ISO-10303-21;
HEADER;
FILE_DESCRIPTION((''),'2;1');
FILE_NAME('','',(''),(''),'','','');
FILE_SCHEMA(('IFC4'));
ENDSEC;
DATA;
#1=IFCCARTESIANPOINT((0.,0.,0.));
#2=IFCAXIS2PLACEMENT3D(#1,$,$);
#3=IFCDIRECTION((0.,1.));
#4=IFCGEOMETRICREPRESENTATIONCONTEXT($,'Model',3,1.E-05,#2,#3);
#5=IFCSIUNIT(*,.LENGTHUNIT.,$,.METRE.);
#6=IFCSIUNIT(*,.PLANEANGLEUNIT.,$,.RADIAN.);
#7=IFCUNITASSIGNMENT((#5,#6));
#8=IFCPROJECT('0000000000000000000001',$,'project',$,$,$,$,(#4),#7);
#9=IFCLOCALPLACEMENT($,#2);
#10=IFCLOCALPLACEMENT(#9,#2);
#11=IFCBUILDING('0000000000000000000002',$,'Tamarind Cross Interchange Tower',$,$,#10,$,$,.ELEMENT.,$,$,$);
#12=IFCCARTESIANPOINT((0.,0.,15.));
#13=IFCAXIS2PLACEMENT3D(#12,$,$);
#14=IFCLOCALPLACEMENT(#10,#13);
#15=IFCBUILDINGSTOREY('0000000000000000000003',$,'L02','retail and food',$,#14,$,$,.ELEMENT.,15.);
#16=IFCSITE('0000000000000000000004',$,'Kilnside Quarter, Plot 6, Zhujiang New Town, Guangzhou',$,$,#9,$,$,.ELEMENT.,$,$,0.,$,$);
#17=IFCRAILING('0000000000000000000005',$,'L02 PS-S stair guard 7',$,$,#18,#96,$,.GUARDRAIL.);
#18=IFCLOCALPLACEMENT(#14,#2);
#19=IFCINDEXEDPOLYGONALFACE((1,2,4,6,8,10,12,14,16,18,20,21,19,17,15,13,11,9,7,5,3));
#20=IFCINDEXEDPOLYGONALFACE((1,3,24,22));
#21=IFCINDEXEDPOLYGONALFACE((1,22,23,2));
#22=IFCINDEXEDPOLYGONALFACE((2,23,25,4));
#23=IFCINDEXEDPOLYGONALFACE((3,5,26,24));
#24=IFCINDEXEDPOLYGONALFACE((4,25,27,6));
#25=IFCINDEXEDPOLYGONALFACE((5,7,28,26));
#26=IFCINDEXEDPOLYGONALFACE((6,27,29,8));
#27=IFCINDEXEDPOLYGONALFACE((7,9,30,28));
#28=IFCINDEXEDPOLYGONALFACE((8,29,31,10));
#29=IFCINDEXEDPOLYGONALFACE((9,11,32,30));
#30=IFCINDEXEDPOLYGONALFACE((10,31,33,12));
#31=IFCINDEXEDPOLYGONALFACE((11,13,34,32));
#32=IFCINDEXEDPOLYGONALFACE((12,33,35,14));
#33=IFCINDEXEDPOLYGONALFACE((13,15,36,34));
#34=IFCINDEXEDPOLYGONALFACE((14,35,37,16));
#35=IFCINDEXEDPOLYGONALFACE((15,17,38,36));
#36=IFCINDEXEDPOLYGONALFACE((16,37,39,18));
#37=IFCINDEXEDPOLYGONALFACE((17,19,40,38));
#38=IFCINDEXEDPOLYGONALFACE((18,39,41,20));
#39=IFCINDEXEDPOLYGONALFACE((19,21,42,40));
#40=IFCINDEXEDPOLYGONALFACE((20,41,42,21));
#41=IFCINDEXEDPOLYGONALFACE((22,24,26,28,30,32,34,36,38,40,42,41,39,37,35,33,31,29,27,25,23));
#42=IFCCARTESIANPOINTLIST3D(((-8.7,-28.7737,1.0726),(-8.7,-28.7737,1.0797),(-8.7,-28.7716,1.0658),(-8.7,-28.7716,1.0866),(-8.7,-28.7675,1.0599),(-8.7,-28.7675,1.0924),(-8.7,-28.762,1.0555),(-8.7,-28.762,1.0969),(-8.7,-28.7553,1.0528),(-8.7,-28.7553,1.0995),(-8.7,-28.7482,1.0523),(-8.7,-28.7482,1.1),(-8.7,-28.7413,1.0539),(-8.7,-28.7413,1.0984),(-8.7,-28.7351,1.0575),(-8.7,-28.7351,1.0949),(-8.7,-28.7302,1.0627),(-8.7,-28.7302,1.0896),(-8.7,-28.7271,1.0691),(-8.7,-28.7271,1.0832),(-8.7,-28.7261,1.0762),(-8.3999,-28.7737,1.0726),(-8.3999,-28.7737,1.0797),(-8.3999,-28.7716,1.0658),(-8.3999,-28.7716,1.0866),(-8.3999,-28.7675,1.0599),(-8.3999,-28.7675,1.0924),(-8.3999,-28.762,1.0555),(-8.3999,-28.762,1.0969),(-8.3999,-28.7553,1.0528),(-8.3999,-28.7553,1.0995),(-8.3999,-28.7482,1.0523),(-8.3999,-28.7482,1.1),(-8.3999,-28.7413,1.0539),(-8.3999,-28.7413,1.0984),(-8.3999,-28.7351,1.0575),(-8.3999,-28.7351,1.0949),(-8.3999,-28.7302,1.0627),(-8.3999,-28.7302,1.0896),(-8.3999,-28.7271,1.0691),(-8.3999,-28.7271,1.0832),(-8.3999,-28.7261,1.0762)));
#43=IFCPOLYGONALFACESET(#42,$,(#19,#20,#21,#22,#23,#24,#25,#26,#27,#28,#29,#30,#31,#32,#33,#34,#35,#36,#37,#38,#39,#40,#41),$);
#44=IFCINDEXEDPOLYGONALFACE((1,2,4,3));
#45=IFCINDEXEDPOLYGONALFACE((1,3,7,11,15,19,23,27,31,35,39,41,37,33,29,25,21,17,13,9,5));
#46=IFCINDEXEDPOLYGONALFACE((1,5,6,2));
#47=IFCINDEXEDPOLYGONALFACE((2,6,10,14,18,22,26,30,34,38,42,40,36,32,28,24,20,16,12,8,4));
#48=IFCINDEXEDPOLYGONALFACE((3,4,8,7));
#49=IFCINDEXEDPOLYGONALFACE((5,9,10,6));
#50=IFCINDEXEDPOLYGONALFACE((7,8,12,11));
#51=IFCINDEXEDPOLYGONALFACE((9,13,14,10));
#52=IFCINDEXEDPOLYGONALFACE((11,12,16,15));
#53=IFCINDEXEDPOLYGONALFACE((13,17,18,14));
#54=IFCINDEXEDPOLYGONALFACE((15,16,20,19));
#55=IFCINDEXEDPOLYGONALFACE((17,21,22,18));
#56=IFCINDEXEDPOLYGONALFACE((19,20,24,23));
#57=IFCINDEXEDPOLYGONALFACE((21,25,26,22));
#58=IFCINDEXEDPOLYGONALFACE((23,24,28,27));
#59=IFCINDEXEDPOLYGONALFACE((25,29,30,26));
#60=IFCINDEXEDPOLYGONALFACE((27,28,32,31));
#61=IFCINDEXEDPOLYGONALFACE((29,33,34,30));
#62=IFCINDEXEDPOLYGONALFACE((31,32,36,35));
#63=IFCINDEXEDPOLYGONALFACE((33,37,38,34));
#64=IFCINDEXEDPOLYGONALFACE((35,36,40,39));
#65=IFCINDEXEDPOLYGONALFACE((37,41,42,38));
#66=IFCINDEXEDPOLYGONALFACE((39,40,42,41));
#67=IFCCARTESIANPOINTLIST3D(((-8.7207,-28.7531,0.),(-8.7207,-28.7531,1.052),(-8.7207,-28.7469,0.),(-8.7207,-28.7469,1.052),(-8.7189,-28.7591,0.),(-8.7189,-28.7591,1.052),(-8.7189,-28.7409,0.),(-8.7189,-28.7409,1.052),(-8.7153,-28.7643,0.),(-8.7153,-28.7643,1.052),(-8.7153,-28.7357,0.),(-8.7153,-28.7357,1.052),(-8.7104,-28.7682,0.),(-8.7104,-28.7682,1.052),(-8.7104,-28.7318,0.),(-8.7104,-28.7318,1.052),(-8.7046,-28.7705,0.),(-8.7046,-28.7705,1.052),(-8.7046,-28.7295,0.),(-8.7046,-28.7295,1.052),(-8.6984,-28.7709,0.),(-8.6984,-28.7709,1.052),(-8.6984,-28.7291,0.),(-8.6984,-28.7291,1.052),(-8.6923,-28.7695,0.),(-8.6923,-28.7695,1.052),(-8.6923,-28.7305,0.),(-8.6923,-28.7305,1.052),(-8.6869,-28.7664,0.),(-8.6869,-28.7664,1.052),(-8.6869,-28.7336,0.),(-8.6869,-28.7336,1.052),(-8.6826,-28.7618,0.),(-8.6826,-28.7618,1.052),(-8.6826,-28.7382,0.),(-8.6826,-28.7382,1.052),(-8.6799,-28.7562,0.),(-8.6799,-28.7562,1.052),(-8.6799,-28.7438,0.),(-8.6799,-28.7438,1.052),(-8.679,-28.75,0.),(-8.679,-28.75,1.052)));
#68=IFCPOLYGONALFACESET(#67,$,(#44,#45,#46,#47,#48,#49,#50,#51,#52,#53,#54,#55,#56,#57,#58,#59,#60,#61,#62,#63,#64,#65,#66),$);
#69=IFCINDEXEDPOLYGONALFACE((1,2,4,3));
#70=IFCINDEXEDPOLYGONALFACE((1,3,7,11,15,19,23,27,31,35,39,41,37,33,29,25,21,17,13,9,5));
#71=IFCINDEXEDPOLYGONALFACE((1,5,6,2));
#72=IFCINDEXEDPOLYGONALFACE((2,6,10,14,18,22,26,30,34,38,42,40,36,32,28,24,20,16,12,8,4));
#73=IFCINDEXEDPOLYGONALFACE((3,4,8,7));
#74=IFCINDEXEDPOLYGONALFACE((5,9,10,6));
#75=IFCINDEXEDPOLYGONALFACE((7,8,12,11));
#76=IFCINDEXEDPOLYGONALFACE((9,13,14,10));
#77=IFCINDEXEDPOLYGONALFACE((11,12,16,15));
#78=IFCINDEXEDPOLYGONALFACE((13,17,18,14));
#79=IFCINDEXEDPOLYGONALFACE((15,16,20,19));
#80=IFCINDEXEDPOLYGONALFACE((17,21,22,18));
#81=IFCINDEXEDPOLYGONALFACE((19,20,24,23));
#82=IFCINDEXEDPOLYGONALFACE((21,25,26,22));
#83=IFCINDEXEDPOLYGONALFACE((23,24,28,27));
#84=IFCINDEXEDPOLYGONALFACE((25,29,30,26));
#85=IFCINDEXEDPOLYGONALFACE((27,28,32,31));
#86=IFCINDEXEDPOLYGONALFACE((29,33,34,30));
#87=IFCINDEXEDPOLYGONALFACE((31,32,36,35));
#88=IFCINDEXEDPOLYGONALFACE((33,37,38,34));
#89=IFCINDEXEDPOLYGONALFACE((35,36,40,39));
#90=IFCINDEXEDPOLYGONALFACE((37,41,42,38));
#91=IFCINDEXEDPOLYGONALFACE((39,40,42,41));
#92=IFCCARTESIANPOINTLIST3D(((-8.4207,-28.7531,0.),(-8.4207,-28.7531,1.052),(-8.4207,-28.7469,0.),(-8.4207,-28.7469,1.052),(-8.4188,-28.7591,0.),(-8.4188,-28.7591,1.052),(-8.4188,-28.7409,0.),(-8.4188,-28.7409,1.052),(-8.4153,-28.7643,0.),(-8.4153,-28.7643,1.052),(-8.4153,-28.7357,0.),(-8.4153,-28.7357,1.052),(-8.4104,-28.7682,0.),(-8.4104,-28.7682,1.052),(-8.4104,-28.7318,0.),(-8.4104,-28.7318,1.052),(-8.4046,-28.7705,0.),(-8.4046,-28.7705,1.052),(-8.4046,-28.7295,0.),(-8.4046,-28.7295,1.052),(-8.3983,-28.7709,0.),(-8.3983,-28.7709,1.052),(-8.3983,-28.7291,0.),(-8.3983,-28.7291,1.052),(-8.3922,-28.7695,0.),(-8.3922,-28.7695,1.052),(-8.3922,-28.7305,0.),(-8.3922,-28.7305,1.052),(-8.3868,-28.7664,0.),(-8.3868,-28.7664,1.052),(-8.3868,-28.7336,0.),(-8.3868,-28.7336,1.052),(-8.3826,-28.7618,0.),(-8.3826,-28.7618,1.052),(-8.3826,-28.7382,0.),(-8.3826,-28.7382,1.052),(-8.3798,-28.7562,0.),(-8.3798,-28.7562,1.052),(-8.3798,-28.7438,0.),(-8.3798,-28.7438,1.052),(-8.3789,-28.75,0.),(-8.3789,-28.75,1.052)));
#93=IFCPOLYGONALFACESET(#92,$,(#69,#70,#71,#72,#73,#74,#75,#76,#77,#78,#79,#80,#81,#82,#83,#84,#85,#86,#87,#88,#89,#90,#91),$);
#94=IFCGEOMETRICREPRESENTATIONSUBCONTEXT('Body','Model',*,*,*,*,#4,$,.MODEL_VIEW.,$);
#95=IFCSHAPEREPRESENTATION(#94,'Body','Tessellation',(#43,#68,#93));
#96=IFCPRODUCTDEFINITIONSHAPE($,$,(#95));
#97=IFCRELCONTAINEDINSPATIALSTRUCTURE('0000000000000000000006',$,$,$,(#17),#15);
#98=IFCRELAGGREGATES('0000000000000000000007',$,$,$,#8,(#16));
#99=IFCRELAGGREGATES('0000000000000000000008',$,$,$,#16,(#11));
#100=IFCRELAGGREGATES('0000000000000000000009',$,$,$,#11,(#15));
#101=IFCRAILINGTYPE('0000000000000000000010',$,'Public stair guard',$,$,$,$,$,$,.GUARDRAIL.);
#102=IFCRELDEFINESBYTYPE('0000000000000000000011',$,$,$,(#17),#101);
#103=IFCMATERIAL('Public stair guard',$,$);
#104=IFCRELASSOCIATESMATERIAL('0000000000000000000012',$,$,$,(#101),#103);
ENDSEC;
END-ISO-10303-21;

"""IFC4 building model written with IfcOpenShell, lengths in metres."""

from ifc_helpers import new_model, si_unit, direction, frame, origin, origin_2d, place, context, subcontext, project, spatial, circle, extrude, material, type_object, element, save


model = new_model("IFC4")

# Units and contexts
model_context = context("Model", 3, precision=1e-05, world=origin(), true_north=direction((0.0, 1.0)))
body_context = subcontext(model_context, "Body", "Model", "MODEL_VIEW")
ifc_project = project(units=[si_unit("LENGTHUNIT", "METRE"), si_unit("PLANEANGLEUNIT", "RADIAN")], contexts=[model_context])

# Site, building, storey
site_placement = place(None, origin())
site = spatial("IfcSite", under=ifc_project, at=site_placement, Name="Kilnside Quarter, Plot 6, Zhujiang New Town, Guangzhou", CompositionType="ELEMENT", RefElevation=0.0)
building_placement = place(site_placement, origin())
building = spatial("IfcBuilding", under=site, at=building_placement, Name="Tamarind Cross Interchange Tower", CompositionType="ELEMENT")
storey_placement = place(building_placement, frame((0.0, 0.0, 15.0)))
storey = spatial("IfcBuildingStorey", under=building, at=storey_placement, Name="L02", Description="retail and food", CompositionType="ELEMENT", Elevation=15.0)

# Railing
ifc_material_1 = material(Name="Public stair guard")
railing_type_1 = type_object("IfcRailingType", Name="Public stair guard", PredefinedType="GUARDRAIL", material=ifc_material_1)
railing_1_placement = place(storey_placement, frame((-8.7, -28.75, 0.0)))
element("IfcRailing", 1, at=railing_1_placement, inside=storey, type_object=railing_type_1, Name="L02 PS-S stair guard 7", PredefinedType="GUARDRAIL", context=body_context, shape_type="SweptSolid", body=[
    extrude(circle(Radius=0.0239, at=origin_2d()), frame((0.0, 0.0, 1.0762), z_axis=(1.0, 0.0, 0.0), x_axis=(0.0, 1.0, 0.0)), (0.0, 0.0, 1.0), 0.3),
    extrude(circle(Radius=0.021, at=origin_2d()), origin(), (0.0, 0.0, 1.0), 1.052),
    extrude(circle(Radius=0.021, at=origin_2d()), frame((0.3, 0.0, 0.0)), (0.0, 0.0, 1.0), 1.052),
])

save(model, "model.ifc")
